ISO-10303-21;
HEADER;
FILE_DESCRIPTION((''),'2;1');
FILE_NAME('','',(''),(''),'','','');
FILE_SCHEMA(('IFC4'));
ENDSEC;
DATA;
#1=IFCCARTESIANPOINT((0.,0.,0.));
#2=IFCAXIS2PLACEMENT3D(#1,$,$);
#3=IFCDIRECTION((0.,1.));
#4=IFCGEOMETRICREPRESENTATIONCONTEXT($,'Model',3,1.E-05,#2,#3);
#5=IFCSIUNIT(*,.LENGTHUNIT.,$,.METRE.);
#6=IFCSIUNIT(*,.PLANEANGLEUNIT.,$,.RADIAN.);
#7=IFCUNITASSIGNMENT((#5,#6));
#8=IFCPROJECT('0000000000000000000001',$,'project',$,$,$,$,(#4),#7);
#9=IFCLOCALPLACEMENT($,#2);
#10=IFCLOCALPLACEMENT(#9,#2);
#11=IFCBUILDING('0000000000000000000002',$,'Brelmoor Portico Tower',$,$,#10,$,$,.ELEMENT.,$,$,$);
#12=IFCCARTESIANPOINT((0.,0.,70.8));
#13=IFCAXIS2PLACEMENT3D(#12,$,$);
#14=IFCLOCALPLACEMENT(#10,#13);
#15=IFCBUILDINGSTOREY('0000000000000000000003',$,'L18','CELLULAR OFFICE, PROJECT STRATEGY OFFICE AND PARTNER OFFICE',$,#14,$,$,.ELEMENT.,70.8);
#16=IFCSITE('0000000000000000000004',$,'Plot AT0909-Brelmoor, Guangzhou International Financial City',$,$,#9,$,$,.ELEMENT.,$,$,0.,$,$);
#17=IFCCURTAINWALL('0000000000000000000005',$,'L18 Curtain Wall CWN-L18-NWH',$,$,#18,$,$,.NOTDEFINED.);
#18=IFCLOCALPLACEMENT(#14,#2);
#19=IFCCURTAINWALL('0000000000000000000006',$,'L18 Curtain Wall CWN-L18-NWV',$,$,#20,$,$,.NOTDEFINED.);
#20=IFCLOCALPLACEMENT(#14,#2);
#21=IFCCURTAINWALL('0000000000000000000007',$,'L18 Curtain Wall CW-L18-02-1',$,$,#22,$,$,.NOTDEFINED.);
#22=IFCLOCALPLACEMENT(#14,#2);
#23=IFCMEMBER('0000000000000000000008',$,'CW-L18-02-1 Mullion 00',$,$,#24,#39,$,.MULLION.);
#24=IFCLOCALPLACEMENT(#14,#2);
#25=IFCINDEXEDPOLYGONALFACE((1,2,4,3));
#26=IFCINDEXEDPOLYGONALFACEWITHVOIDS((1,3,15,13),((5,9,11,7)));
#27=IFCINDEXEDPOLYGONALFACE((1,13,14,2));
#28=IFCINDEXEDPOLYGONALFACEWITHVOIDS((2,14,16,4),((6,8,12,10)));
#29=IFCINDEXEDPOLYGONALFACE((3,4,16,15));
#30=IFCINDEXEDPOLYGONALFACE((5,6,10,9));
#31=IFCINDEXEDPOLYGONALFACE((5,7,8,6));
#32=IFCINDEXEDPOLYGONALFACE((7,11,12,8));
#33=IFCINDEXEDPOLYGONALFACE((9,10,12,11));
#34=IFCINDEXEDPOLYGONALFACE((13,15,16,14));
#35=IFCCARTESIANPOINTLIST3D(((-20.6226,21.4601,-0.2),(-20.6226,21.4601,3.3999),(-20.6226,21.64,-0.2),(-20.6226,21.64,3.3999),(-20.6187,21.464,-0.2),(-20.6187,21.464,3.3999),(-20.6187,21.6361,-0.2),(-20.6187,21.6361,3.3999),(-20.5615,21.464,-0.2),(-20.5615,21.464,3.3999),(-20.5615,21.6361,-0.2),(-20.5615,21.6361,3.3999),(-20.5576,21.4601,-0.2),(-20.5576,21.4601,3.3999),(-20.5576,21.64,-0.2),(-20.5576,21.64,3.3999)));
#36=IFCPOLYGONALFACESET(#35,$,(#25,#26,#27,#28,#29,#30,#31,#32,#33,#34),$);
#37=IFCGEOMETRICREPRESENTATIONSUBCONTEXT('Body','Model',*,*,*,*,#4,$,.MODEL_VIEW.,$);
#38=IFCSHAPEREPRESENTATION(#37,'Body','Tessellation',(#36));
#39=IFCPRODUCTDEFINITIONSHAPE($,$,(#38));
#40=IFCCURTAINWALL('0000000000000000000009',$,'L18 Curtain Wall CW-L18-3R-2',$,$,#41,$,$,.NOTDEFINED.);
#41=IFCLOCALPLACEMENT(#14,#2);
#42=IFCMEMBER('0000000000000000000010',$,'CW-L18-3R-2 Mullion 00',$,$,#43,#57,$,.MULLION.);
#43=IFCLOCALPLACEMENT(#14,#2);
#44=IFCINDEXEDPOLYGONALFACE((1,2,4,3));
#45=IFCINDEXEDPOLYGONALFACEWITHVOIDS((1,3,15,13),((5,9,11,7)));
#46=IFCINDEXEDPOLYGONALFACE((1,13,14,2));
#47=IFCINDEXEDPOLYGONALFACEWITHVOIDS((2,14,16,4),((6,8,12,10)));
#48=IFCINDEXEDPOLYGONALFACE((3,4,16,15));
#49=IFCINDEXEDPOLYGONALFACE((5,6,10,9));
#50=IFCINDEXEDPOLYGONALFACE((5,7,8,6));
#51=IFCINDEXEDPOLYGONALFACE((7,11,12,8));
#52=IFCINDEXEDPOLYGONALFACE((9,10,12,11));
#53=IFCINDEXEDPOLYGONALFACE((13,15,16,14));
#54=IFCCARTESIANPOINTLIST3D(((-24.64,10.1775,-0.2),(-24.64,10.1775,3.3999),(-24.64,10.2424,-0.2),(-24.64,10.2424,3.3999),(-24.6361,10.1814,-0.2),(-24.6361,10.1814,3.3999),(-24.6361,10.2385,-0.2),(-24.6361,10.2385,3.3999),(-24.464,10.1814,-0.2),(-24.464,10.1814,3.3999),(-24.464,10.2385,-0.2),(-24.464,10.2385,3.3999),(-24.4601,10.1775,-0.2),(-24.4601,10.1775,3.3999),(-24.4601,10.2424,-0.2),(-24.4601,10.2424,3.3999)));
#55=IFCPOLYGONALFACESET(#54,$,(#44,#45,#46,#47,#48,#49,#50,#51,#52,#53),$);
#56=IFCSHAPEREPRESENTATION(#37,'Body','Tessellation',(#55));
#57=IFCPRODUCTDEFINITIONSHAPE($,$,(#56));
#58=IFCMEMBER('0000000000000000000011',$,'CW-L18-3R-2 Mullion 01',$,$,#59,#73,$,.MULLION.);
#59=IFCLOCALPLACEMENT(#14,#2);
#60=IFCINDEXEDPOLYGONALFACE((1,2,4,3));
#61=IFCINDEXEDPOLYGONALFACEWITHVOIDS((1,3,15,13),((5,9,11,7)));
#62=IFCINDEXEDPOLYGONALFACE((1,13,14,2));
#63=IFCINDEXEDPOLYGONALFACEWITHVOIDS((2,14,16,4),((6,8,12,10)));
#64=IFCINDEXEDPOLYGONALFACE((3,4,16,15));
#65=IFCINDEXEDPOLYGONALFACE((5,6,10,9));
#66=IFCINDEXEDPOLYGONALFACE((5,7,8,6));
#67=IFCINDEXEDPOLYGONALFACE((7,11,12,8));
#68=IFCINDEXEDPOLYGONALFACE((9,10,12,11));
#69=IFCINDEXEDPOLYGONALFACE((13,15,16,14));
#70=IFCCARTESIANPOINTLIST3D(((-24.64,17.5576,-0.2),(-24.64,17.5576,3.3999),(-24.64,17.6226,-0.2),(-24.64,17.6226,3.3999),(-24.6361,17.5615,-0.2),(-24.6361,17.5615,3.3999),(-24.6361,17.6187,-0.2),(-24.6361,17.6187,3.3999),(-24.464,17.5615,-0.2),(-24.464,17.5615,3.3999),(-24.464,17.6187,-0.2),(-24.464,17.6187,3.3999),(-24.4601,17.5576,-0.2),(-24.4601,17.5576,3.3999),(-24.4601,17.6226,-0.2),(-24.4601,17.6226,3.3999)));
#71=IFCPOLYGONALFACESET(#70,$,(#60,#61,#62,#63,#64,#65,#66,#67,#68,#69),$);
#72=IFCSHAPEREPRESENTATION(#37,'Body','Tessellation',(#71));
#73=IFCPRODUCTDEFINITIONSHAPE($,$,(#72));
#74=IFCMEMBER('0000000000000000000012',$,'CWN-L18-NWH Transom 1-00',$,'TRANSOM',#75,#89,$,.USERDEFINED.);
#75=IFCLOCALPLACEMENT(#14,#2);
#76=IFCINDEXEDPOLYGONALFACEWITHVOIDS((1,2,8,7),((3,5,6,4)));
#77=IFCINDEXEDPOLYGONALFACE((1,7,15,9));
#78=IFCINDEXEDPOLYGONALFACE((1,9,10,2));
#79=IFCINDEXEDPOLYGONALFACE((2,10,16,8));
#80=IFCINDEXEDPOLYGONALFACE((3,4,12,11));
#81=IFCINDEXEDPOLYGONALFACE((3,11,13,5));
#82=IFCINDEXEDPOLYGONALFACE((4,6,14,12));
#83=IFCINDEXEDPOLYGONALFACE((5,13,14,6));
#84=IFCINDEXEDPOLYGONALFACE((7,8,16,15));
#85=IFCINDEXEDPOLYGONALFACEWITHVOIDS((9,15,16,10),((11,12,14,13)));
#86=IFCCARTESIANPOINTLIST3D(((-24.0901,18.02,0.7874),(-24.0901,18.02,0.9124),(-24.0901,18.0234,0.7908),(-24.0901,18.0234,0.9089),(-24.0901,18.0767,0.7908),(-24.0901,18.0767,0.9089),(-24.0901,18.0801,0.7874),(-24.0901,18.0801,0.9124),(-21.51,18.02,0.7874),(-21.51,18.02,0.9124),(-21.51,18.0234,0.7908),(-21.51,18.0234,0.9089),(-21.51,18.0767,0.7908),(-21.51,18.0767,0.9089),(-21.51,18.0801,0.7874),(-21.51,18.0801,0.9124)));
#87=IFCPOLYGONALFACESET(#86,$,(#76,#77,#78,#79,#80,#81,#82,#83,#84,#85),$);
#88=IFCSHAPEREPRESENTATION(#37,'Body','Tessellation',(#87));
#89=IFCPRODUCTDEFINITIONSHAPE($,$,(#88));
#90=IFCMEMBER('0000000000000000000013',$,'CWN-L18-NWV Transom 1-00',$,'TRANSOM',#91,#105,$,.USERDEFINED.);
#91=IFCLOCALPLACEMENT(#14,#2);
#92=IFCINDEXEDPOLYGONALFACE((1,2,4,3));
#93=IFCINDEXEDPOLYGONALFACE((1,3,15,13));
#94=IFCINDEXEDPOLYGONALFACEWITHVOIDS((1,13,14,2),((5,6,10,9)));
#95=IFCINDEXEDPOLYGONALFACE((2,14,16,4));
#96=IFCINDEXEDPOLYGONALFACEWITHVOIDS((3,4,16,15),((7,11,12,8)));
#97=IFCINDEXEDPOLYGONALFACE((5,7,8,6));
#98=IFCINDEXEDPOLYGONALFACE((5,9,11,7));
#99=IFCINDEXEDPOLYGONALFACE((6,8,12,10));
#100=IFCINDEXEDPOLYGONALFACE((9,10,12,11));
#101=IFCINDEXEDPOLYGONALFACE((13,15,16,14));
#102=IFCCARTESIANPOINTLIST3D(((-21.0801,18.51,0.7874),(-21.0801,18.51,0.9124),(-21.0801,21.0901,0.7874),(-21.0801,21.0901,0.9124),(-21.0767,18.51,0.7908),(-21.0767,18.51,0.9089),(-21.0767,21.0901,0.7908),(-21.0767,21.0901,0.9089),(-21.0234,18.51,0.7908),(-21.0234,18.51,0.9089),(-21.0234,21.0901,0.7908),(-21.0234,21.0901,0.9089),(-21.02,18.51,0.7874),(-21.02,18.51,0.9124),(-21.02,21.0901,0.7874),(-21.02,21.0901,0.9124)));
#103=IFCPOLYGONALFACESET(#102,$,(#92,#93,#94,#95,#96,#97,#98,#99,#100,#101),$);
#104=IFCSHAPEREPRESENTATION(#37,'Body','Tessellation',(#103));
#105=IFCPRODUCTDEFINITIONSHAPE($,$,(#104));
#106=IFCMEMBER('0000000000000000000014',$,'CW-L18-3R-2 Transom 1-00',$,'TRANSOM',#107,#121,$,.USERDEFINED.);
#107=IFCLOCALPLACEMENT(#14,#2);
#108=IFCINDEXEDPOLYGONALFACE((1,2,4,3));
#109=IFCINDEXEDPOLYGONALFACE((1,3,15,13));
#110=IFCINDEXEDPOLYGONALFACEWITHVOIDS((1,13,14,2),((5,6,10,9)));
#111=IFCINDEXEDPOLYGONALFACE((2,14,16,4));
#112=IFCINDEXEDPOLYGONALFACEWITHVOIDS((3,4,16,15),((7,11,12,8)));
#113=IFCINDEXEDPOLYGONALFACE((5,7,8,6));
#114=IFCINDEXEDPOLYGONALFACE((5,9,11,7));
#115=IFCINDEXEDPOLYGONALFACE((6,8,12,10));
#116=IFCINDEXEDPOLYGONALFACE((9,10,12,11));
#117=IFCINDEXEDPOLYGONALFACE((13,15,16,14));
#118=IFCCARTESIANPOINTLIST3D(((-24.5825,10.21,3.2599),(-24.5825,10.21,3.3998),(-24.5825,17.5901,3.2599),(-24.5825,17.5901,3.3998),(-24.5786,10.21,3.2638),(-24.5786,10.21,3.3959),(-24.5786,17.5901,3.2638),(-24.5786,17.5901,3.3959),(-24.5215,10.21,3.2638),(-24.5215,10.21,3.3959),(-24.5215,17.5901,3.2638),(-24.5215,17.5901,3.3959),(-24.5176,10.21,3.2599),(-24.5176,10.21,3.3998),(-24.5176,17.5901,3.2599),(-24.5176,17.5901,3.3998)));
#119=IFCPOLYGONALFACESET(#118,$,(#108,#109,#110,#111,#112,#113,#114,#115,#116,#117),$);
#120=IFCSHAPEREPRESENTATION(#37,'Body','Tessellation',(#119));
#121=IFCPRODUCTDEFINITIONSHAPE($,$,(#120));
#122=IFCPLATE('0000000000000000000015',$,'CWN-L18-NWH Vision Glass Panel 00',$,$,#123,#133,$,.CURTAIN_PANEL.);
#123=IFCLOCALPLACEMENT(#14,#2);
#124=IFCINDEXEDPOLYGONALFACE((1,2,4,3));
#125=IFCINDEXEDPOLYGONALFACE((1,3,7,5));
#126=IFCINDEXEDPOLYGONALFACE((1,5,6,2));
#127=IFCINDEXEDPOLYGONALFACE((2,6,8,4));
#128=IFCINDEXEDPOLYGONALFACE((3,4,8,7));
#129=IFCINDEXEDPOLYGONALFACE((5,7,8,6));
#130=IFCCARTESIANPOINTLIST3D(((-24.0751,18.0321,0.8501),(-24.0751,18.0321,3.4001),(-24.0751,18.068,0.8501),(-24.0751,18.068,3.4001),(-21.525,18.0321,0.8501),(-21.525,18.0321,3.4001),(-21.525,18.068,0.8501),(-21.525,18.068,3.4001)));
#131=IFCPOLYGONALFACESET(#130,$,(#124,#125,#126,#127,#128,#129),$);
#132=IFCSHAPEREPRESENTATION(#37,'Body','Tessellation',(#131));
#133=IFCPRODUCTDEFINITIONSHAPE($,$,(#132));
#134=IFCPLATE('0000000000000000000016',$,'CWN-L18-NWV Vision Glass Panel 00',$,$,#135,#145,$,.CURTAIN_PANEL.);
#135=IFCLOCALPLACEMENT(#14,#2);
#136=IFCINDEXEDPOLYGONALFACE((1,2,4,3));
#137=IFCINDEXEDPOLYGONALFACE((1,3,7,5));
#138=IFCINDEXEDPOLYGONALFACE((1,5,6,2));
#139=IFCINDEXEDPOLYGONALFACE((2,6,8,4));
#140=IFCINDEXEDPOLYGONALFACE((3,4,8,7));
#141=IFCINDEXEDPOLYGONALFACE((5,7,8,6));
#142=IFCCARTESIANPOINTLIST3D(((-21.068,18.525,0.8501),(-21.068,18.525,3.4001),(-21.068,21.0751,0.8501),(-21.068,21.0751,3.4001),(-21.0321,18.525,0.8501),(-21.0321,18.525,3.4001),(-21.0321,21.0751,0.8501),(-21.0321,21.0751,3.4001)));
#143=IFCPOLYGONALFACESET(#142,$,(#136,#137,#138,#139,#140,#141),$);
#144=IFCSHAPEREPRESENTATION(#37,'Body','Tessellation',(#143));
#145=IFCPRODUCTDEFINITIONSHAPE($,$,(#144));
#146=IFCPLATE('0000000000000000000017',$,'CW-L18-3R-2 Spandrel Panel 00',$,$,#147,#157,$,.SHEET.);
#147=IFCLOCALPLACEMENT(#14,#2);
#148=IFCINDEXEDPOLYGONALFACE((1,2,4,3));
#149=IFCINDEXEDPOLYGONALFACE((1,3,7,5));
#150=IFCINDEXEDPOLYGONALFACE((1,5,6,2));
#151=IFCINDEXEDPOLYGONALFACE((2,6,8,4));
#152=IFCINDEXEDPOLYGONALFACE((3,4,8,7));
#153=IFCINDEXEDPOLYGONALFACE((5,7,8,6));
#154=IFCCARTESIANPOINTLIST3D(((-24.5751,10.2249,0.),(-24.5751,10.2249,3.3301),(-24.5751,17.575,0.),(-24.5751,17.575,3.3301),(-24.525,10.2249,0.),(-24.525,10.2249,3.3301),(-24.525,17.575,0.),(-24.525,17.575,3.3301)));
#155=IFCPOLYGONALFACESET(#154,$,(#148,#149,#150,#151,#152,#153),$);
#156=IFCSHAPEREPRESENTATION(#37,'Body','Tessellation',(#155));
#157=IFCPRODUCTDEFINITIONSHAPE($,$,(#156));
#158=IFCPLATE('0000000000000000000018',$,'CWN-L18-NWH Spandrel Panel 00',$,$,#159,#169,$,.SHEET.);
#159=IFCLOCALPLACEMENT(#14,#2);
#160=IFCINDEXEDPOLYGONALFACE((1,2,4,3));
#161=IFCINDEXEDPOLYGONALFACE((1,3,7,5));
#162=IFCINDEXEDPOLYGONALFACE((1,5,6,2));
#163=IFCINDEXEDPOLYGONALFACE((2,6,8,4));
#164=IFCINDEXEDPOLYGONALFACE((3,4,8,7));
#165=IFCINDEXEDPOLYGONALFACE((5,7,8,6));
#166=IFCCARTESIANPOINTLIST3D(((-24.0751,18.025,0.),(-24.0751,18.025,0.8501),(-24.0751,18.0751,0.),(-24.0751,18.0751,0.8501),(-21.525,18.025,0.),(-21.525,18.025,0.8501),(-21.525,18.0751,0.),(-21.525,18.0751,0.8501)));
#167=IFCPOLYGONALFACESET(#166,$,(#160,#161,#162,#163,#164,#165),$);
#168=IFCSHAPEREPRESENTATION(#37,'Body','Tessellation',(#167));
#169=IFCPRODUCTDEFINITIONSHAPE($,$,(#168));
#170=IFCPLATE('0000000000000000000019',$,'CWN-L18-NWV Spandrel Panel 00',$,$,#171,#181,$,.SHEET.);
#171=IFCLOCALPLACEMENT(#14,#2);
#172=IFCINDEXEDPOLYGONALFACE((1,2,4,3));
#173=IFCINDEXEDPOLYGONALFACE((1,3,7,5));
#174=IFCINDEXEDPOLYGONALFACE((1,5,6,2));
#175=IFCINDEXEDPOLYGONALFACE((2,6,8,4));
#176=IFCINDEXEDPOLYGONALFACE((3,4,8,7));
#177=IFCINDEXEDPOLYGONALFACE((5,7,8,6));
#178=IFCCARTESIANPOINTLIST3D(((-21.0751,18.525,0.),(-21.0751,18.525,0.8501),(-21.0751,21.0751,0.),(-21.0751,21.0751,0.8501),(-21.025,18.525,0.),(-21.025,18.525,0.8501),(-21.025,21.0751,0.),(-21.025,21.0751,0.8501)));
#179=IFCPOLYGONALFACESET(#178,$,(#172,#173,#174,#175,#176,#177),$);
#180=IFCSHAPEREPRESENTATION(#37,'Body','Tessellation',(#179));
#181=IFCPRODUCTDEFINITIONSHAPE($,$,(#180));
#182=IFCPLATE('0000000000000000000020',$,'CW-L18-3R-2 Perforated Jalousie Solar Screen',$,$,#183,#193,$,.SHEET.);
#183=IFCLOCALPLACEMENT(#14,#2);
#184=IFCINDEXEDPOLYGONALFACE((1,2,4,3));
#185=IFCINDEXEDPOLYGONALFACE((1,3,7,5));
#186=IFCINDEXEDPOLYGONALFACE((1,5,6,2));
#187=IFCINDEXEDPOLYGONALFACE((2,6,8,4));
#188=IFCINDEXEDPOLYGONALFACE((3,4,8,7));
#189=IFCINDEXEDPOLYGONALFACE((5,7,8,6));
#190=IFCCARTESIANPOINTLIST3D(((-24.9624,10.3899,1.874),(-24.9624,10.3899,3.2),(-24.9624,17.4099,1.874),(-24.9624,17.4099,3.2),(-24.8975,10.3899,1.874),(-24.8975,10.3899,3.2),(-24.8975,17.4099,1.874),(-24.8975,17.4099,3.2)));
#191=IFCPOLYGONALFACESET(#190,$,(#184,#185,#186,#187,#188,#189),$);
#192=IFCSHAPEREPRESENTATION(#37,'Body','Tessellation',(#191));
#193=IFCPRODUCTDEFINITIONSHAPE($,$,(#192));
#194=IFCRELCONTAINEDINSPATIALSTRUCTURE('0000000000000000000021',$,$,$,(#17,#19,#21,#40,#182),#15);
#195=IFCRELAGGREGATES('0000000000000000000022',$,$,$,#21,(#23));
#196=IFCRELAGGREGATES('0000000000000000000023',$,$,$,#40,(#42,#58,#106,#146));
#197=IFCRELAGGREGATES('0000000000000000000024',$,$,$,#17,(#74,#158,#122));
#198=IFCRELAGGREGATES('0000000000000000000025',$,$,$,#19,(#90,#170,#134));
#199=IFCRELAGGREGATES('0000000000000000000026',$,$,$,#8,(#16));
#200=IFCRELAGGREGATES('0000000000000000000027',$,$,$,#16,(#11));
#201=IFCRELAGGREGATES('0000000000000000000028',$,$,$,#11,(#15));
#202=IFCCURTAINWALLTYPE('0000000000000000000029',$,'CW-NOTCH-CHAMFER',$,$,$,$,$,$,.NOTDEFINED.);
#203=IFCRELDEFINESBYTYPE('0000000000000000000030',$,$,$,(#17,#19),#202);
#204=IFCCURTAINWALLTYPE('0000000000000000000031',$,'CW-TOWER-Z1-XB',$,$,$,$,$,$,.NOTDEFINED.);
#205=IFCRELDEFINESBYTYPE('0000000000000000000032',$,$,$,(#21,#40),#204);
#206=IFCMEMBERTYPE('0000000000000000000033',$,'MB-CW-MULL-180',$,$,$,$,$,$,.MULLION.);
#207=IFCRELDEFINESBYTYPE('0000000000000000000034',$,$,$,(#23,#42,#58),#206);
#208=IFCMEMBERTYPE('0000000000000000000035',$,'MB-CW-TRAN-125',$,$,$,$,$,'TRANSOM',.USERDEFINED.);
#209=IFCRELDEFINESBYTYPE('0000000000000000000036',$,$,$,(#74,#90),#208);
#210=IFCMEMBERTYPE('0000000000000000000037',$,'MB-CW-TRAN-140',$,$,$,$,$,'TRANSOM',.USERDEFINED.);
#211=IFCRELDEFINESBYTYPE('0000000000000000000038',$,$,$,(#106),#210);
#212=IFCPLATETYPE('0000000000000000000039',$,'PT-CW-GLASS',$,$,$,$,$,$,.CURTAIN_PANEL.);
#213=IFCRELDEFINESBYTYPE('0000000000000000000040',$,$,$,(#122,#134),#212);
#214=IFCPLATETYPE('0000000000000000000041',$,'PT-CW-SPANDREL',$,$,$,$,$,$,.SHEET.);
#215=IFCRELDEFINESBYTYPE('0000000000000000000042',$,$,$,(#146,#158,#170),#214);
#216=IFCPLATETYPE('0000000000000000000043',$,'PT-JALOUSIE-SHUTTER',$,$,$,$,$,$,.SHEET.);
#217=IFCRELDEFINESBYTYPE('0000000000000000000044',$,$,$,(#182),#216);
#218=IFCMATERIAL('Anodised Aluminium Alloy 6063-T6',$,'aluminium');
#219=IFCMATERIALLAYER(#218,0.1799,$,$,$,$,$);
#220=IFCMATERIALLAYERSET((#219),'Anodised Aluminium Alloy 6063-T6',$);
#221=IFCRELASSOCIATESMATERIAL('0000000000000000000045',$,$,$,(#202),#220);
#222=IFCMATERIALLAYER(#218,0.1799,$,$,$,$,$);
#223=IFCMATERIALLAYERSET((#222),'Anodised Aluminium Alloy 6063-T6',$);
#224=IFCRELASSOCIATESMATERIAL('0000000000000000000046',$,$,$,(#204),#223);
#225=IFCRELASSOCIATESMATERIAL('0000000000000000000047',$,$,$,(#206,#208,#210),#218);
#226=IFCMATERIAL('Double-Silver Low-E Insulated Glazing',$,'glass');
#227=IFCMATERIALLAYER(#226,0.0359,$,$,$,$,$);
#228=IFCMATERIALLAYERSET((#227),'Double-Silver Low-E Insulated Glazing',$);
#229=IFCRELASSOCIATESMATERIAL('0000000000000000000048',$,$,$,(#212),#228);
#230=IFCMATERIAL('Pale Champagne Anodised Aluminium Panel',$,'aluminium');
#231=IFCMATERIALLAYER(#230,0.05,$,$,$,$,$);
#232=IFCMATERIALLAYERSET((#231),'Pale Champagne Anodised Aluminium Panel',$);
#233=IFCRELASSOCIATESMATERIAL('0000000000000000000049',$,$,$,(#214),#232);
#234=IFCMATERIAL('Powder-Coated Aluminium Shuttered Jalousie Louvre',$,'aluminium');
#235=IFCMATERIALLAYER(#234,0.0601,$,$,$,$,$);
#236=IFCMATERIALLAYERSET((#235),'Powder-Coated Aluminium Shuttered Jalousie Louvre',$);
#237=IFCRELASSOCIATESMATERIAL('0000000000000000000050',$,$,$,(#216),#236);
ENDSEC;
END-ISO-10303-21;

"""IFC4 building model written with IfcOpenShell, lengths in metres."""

from ifc_helpers import new_model, si_unit, direction, frame, origin, origin_2d, place, context, subcontext, project, spatial, rectangle, hollow_rectangle, extrude, material, layer, layer_set, material_profile, profile_set, type_object, element, aggregate, save


model = new_model("IFC4")

# Units and contexts
model_context = context("Model", 3, precision=1e-05, world=origin(), true_north=direction((0.0, 1.0)))
body_context = subcontext(model_context, "Body", "Model", "MODEL_VIEW")
ifc_project = project(units=[si_unit("LENGTHUNIT", "METRE"), si_unit("PLANEANGLEUNIT", "RADIAN")], contexts=[model_context])

# Site, building, storey
site_placement = place(None, origin())
site = spatial("IfcSite", under=ifc_project, at=site_placement, Name="Plot AT0909-Brelmoor, Guangzhou International Financial City", CompositionType="ELEMENT", RefElevation=0.0)
building_placement = place(site_placement, origin())
building = spatial("IfcBuilding", under=site, at=building_placement, Name="Brelmoor Portico Tower", CompositionType="ELEMENT")
storey_placement = place(building_placement, frame((0.0, 0.0, 70.8)))
storey = spatial("IfcBuildingStorey", under=building, at=storey_placement, Name="L18", Description="CELLULAR OFFICE, PROJECT STRATEGY OFFICE AND PARTNER OFFICE", CompositionType="ELEMENT", Elevation=70.8)

# Curtain walls
ifc_material_1 = material(Name="Anodised Aluminium Alloy 6063-T6", Category="aluminium")
ifc_layer_1 = layer(ifc_material_1, 0.1799)
ifc_layer_set_1 = layer_set([ifc_layer_1], Name="Anodised Aluminium Alloy 6063-T6")
curtain_wall_type_1 = type_object("IfcCurtainWallType", Name="CW-NOTCH-CHAMFER", PredefinedType="NOTDEFINED", material=ifc_layer_set_1)
curtain_wall_1_placement = place(storey_placement, origin())
curtain_wall_1 = element("IfcCurtainWall", 1, at=curtain_wall_1_placement, inside=storey, type_object=curtain_wall_type_1, Name="L18 Curtain Wall CWN-L18-NWH", PredefinedType="NOTDEFINED")
curtain_wall_2_placement = place(storey_placement, origin())
curtain_wall_2 = element("IfcCurtainWall", 2, at=curtain_wall_2_placement, inside=storey, type_object=curtain_wall_type_1, Name="L18 Curtain Wall CWN-L18-NWV", PredefinedType="NOTDEFINED")

# Curtain wall, member
ifc_layer_2 = layer(ifc_material_1, 0.1799)
ifc_layer_set_2 = layer_set([ifc_layer_2], Name="Anodised Aluminium Alloy 6063-T6")
curtain_wall_type_2 = type_object("IfcCurtainWallType", Name="CW-TOWER-Z1-XB", PredefinedType="NOTDEFINED", material=ifc_layer_set_2)
curtain_wall_3_placement = place(storey_placement, origin())
curtain_wall_3 = element("IfcCurtainWall", 3, at=curtain_wall_3_placement, inside=storey, type_object=curtain_wall_type_2, Name="L18 Curtain Wall CW-L18-02-1", PredefinedType="NOTDEFINED")
ifc_material_profile_1 = material_profile(ifc_material_1, hollow_rectangle(XDim=0.0649, YDim=0.1799, WallThickness=0.0039, at=origin_2d()), Name="ALU MULLION 65x180")
ifc_profile_set_1 = profile_set([ifc_material_profile_1], Name="Anodised Aluminium Alloy 6063-T6")
member_type_1 = type_object("IfcMemberType", Name="MB-CW-MULL-180", PredefinedType="MULLION", material=ifc_profile_set_1)
member_1_placement = place(storey_placement, frame((-20.5901, 21.55, -0.2), z_axis=(0.0, 0.0, 1.0), x_axis=(1.0, 0.0, 0.0)))
member_1 = element("IfcMember", 4, at=member_1_placement, type_object=member_type_1, Name="CW-L18-02-1 Mullion 00", PredefinedType="MULLION", context=body_context, shape_type="SweptSolid", body=[
    extrude(hollow_rectangle(XDim=0.0649, YDim=0.1799, WallThickness=0.0039, at=origin_2d()), origin(), (0.0, 0.0, 1.0), 3.5999),
])
aggregate(curtain_wall_3, [member_1])

# Curtain wall, members
curtain_wall_4_placement = place(storey_placement, origin())
curtain_wall_4 = element("IfcCurtainWall", 5, at=curtain_wall_4_placement, inside=storey, type_object=curtain_wall_type_2, Name="L18 Curtain Wall CW-L18-3R-2", PredefinedType="NOTDEFINED")
member_2_placement = place(storey_placement, frame((-24.55, 10.21, -0.2), z_axis=(0.0, 0.0, 1.0), x_axis=(0.0, 1.0, 0.0)))
member_2 = element("IfcMember", 6, at=member_2_placement, type_object=member_type_1, Name="CW-L18-3R-2 Mullion 00", PredefinedType="MULLION", context=body_context, shape_type="SweptSolid", body=[
    extrude(hollow_rectangle(XDim=0.0649, YDim=0.1799, WallThickness=0.0039, at=origin_2d()), origin(), (0.0, 0.0, 1.0), 3.5999),
])
member_3_placement = place(storey_placement, frame((-24.55, 17.5901, -0.2), z_axis=(0.0, 0.0, 1.0), x_axis=(0.0, 1.0, 0.0)))
member_3 = element("IfcMember", 7, at=member_3_placement, type_object=member_type_1, Name="CW-L18-3R-2 Mullion 01", PredefinedType="MULLION", context=body_context, shape_type="SweptSolid", body=[
    extrude(hollow_rectangle(XDim=0.0649, YDim=0.1799, WallThickness=0.0039, at=origin_2d()), origin(), (0.0, 0.0, 1.0), 3.5999),
])

# Members
ifc_material_profile_2 = material_profile(ifc_material_1, hollow_rectangle(XDim=0.0601, YDim=0.125, WallThickness=0.0034, at=origin_2d()), Name="ALU TRANSOM 60x125")
ifc_profile_set_2 = profile_set([ifc_material_profile_2], Name="Anodised Aluminium Alloy 6063-T6")
member_type_2 = type_object("IfcMemberType", Name="MB-CW-TRAN-125", ElementType="TRANSOM", PredefinedType="USERDEFINED", material=ifc_profile_set_2)
member_4_placement = place(storey_placement, frame((-24.0901, 18.05, 0.8499), z_axis=(1.0, 0.0, 0.0), x_axis=(0.0, 1.0, 0.0)))
member_4 = element("IfcMember", 8, at=member_4_placement, type_object=member_type_2, Name="CWN-L18-NWH Transom 1-00", ObjectType="TRANSOM", PredefinedType="USERDEFINED", context=body_context, shape_type="SweptSolid", body=[
    extrude(hollow_rectangle(XDim=0.0601, YDim=0.125, WallThickness=0.0034, at=origin_2d()), origin(), (0.0, 0.0, 1.0), 2.5801),
])
member_5_placement = place(storey_placement, frame((-21.05, 18.51, 0.8499), z_axis=(0.0, 1.0, 0.0), x_axis=(-1.0, 0.0, 0.0)))
member_5 = element("IfcMember", 9, at=member_5_placement, type_object=member_type_2, Name="CWN-L18-NWV Transom 1-00", ObjectType="TRANSOM", PredefinedType="USERDEFINED", context=body_context, shape_type="SweptSolid", body=[
    extrude(hollow_rectangle(XDim=0.0601, YDim=0.125, WallThickness=0.0034, at=origin_2d()), origin(), (0.0, 0.0, 1.0), 2.5801),
])
ifc_material_profile_3 = material_profile(ifc_material_1, hollow_rectangle(XDim=0.0649, YDim=0.1399, WallThickness=0.0039, at=origin_2d()), Name="ALU TRANSOM 65x140")
ifc_profile_set_3 = profile_set([ifc_material_profile_3], Name="Anodised Aluminium Alloy 6063-T6")
member_type_3 = type_object("IfcMemberType", Name="MB-CW-TRAN-140", ElementType="TRANSOM", PredefinedType="USERDEFINED", material=ifc_profile_set_3)
member_6_placement = place(storey_placement, frame((-24.55, 10.21, 3.3298), z_axis=(0.0, 1.0, 0.0), x_axis=(-1.0, 0.0, 0.0)))
member_6 = element("IfcMember", 10, at=member_6_placement, type_object=member_type_3, Name="CW-L18-3R-2 Transom 1-00", ObjectType="TRANSOM", PredefinedType="USERDEFINED", context=body_context, shape_type="SweptSolid", body=[
    extrude(hollow_rectangle(XDim=0.0649, YDim=0.1399, WallThickness=0.0039, at=origin_2d()), origin(), (0.0, 0.0, 1.0), 7.3801),
])

# Plates
ifc_material_2 = material(Name="Double-Silver Low-E Insulated Glazing", Category="glass")
ifc_layer_3 = layer(ifc_material_2, 0.0359)
ifc_layer_set_3 = layer_set([ifc_layer_3], Name="Double-Silver Low-E Insulated Glazing")
plate_type_1 = type_object("IfcPlateType", Name="PT-CW-GLASS", PredefinedType="CURTAIN_PANEL", material=ifc_layer_set_3)
plate_1_placement = place(storey_placement, frame((-22.8, 18.05, 0.8501), z_axis=(0.0, 0.0, 1.0), x_axis=(1.0, 0.0, 0.0)))
plate_1 = element("IfcPlate", 11, at=plate_1_placement, type_object=plate_type_1, Name="CWN-L18-NWH Vision Glass Panel 00", PredefinedType="CURTAIN_PANEL", context=body_context, shape_type="SweptSolid", body=[
    extrude(rectangle(XDim=2.55, YDim=0.0359, at=origin_2d()), origin(), (0.0, 0.0, 1.0), 2.55),
])
plate_2_placement = place(storey_placement, frame((-21.05, 19.8, 0.8501), z_axis=(0.0, 0.0, 1.0), x_axis=(0.0, 1.0, 0.0)))
plate_2 = element("IfcPlate", 12, at=plate_2_placement, type_object=plate_type_1, Name="CWN-L18-NWV Vision Glass Panel 00", PredefinedType="CURTAIN_PANEL", context=body_context, shape_type="SweptSolid", body=[
    extrude(rectangle(XDim=2.55, YDim=0.0359, at=origin_2d()), origin(), (0.0, 0.0, 1.0), 2.55),
])
ifc_material_3 = material(Name="Pale Champagne Anodised Aluminium Panel", Category="aluminium")
ifc_layer_4 = layer(ifc_material_3, 0.05)
ifc_layer_set_4 = layer_set([ifc_layer_4], Name="Pale Champagne Anodised Aluminium Panel")
plate_type_2 = type_object("IfcPlateType", Name="PT-CW-SPANDREL", PredefinedType="SHEET", material=ifc_layer_set_4)
plate_3_placement = place(storey_placement, frame((-24.55, 13.8999, 0.0), z_axis=(0.0, 0.0, 1.0), x_axis=(0.0, 1.0, 0.0)))
plate_3 = element("IfcPlate", 13, at=plate_3_placement, type_object=plate_type_2, Name="CW-L18-3R-2 Spandrel Panel 00", PredefinedType="SHEET", context=body_context, shape_type="SweptSolid", body=[
    extrude(rectangle(XDim=7.3501, YDim=0.05, at=origin_2d()), origin(), (0.0, 0.0, 1.0), 3.3301),
])
aggregate(curtain_wall_4, [member_2, member_3, member_6, plate_3])
plate_4_placement = place(storey_placement, frame((-22.8, 18.05, 0.0), z_axis=(0.0, 0.0, 1.0), x_axis=(1.0, 0.0, 0.0)))
plate_4 = element("IfcPlate", 14, at=plate_4_placement, type_object=plate_type_2, Name="CWN-L18-NWH Spandrel Panel 00", PredefinedType="SHEET", context=body_context, shape_type="SweptSolid", body=[
    extrude(rectangle(XDim=2.55, YDim=0.05, at=origin_2d()), origin(), (0.0, 0.0, 1.0), 0.8501),
])
aggregate(curtain_wall_1, [member_4, plate_4, plate_1])
plate_5_placement = place(storey_placement, frame((-21.05, 19.8, 0.0), z_axis=(0.0, 0.0, 1.0), x_axis=(0.0, 1.0, 0.0)))
plate_5 = element("IfcPlate", 15, at=plate_5_placement, type_object=plate_type_2, Name="CWN-L18-NWV Spandrel Panel 00", PredefinedType="SHEET", context=body_context, shape_type="SweptSolid", body=[
    extrude(rectangle(XDim=2.55, YDim=0.05, at=origin_2d()), origin(), (0.0, 0.0, 1.0), 0.8501),
])
aggregate(curtain_wall_2, [member_5, plate_5, plate_2])

# Plate
ifc_material_4 = material(Name="Powder-Coated Aluminium Shuttered Jalousie Louvre", Category="aluminium")
ifc_layer_5 = layer(ifc_material_4, 0.0601)
ifc_layer_set_5 = layer_set([ifc_layer_5], Name="Powder-Coated Aluminium Shuttered Jalousie Louvre")
plate_type_3 = type_object("IfcPlateType", Name="PT-JALOUSIE-SHUTTER", PredefinedType="SHEET", material=ifc_layer_set_5)
plate_6_placement = place(storey_placement, frame((-24.9299, 13.8999, 1.874), z_axis=(0.0, 0.0, 1.0), x_axis=(0.0, 1.0, 0.0)))
element("IfcPlate", 16, at=plate_6_placement, inside=storey, type_object=plate_type_3, Name="CW-L18-3R-2 Perforated Jalousie Solar Screen", PredefinedType="SHEET", context=body_context, shape_type="SweptSolid", body=[
    extrude(rectangle(XDim=7.02, YDim=0.0649, at=origin_2d()), origin(), (0.0, 0.0, 1.0), 1.3259),
])

save(model, "model.ifc")
